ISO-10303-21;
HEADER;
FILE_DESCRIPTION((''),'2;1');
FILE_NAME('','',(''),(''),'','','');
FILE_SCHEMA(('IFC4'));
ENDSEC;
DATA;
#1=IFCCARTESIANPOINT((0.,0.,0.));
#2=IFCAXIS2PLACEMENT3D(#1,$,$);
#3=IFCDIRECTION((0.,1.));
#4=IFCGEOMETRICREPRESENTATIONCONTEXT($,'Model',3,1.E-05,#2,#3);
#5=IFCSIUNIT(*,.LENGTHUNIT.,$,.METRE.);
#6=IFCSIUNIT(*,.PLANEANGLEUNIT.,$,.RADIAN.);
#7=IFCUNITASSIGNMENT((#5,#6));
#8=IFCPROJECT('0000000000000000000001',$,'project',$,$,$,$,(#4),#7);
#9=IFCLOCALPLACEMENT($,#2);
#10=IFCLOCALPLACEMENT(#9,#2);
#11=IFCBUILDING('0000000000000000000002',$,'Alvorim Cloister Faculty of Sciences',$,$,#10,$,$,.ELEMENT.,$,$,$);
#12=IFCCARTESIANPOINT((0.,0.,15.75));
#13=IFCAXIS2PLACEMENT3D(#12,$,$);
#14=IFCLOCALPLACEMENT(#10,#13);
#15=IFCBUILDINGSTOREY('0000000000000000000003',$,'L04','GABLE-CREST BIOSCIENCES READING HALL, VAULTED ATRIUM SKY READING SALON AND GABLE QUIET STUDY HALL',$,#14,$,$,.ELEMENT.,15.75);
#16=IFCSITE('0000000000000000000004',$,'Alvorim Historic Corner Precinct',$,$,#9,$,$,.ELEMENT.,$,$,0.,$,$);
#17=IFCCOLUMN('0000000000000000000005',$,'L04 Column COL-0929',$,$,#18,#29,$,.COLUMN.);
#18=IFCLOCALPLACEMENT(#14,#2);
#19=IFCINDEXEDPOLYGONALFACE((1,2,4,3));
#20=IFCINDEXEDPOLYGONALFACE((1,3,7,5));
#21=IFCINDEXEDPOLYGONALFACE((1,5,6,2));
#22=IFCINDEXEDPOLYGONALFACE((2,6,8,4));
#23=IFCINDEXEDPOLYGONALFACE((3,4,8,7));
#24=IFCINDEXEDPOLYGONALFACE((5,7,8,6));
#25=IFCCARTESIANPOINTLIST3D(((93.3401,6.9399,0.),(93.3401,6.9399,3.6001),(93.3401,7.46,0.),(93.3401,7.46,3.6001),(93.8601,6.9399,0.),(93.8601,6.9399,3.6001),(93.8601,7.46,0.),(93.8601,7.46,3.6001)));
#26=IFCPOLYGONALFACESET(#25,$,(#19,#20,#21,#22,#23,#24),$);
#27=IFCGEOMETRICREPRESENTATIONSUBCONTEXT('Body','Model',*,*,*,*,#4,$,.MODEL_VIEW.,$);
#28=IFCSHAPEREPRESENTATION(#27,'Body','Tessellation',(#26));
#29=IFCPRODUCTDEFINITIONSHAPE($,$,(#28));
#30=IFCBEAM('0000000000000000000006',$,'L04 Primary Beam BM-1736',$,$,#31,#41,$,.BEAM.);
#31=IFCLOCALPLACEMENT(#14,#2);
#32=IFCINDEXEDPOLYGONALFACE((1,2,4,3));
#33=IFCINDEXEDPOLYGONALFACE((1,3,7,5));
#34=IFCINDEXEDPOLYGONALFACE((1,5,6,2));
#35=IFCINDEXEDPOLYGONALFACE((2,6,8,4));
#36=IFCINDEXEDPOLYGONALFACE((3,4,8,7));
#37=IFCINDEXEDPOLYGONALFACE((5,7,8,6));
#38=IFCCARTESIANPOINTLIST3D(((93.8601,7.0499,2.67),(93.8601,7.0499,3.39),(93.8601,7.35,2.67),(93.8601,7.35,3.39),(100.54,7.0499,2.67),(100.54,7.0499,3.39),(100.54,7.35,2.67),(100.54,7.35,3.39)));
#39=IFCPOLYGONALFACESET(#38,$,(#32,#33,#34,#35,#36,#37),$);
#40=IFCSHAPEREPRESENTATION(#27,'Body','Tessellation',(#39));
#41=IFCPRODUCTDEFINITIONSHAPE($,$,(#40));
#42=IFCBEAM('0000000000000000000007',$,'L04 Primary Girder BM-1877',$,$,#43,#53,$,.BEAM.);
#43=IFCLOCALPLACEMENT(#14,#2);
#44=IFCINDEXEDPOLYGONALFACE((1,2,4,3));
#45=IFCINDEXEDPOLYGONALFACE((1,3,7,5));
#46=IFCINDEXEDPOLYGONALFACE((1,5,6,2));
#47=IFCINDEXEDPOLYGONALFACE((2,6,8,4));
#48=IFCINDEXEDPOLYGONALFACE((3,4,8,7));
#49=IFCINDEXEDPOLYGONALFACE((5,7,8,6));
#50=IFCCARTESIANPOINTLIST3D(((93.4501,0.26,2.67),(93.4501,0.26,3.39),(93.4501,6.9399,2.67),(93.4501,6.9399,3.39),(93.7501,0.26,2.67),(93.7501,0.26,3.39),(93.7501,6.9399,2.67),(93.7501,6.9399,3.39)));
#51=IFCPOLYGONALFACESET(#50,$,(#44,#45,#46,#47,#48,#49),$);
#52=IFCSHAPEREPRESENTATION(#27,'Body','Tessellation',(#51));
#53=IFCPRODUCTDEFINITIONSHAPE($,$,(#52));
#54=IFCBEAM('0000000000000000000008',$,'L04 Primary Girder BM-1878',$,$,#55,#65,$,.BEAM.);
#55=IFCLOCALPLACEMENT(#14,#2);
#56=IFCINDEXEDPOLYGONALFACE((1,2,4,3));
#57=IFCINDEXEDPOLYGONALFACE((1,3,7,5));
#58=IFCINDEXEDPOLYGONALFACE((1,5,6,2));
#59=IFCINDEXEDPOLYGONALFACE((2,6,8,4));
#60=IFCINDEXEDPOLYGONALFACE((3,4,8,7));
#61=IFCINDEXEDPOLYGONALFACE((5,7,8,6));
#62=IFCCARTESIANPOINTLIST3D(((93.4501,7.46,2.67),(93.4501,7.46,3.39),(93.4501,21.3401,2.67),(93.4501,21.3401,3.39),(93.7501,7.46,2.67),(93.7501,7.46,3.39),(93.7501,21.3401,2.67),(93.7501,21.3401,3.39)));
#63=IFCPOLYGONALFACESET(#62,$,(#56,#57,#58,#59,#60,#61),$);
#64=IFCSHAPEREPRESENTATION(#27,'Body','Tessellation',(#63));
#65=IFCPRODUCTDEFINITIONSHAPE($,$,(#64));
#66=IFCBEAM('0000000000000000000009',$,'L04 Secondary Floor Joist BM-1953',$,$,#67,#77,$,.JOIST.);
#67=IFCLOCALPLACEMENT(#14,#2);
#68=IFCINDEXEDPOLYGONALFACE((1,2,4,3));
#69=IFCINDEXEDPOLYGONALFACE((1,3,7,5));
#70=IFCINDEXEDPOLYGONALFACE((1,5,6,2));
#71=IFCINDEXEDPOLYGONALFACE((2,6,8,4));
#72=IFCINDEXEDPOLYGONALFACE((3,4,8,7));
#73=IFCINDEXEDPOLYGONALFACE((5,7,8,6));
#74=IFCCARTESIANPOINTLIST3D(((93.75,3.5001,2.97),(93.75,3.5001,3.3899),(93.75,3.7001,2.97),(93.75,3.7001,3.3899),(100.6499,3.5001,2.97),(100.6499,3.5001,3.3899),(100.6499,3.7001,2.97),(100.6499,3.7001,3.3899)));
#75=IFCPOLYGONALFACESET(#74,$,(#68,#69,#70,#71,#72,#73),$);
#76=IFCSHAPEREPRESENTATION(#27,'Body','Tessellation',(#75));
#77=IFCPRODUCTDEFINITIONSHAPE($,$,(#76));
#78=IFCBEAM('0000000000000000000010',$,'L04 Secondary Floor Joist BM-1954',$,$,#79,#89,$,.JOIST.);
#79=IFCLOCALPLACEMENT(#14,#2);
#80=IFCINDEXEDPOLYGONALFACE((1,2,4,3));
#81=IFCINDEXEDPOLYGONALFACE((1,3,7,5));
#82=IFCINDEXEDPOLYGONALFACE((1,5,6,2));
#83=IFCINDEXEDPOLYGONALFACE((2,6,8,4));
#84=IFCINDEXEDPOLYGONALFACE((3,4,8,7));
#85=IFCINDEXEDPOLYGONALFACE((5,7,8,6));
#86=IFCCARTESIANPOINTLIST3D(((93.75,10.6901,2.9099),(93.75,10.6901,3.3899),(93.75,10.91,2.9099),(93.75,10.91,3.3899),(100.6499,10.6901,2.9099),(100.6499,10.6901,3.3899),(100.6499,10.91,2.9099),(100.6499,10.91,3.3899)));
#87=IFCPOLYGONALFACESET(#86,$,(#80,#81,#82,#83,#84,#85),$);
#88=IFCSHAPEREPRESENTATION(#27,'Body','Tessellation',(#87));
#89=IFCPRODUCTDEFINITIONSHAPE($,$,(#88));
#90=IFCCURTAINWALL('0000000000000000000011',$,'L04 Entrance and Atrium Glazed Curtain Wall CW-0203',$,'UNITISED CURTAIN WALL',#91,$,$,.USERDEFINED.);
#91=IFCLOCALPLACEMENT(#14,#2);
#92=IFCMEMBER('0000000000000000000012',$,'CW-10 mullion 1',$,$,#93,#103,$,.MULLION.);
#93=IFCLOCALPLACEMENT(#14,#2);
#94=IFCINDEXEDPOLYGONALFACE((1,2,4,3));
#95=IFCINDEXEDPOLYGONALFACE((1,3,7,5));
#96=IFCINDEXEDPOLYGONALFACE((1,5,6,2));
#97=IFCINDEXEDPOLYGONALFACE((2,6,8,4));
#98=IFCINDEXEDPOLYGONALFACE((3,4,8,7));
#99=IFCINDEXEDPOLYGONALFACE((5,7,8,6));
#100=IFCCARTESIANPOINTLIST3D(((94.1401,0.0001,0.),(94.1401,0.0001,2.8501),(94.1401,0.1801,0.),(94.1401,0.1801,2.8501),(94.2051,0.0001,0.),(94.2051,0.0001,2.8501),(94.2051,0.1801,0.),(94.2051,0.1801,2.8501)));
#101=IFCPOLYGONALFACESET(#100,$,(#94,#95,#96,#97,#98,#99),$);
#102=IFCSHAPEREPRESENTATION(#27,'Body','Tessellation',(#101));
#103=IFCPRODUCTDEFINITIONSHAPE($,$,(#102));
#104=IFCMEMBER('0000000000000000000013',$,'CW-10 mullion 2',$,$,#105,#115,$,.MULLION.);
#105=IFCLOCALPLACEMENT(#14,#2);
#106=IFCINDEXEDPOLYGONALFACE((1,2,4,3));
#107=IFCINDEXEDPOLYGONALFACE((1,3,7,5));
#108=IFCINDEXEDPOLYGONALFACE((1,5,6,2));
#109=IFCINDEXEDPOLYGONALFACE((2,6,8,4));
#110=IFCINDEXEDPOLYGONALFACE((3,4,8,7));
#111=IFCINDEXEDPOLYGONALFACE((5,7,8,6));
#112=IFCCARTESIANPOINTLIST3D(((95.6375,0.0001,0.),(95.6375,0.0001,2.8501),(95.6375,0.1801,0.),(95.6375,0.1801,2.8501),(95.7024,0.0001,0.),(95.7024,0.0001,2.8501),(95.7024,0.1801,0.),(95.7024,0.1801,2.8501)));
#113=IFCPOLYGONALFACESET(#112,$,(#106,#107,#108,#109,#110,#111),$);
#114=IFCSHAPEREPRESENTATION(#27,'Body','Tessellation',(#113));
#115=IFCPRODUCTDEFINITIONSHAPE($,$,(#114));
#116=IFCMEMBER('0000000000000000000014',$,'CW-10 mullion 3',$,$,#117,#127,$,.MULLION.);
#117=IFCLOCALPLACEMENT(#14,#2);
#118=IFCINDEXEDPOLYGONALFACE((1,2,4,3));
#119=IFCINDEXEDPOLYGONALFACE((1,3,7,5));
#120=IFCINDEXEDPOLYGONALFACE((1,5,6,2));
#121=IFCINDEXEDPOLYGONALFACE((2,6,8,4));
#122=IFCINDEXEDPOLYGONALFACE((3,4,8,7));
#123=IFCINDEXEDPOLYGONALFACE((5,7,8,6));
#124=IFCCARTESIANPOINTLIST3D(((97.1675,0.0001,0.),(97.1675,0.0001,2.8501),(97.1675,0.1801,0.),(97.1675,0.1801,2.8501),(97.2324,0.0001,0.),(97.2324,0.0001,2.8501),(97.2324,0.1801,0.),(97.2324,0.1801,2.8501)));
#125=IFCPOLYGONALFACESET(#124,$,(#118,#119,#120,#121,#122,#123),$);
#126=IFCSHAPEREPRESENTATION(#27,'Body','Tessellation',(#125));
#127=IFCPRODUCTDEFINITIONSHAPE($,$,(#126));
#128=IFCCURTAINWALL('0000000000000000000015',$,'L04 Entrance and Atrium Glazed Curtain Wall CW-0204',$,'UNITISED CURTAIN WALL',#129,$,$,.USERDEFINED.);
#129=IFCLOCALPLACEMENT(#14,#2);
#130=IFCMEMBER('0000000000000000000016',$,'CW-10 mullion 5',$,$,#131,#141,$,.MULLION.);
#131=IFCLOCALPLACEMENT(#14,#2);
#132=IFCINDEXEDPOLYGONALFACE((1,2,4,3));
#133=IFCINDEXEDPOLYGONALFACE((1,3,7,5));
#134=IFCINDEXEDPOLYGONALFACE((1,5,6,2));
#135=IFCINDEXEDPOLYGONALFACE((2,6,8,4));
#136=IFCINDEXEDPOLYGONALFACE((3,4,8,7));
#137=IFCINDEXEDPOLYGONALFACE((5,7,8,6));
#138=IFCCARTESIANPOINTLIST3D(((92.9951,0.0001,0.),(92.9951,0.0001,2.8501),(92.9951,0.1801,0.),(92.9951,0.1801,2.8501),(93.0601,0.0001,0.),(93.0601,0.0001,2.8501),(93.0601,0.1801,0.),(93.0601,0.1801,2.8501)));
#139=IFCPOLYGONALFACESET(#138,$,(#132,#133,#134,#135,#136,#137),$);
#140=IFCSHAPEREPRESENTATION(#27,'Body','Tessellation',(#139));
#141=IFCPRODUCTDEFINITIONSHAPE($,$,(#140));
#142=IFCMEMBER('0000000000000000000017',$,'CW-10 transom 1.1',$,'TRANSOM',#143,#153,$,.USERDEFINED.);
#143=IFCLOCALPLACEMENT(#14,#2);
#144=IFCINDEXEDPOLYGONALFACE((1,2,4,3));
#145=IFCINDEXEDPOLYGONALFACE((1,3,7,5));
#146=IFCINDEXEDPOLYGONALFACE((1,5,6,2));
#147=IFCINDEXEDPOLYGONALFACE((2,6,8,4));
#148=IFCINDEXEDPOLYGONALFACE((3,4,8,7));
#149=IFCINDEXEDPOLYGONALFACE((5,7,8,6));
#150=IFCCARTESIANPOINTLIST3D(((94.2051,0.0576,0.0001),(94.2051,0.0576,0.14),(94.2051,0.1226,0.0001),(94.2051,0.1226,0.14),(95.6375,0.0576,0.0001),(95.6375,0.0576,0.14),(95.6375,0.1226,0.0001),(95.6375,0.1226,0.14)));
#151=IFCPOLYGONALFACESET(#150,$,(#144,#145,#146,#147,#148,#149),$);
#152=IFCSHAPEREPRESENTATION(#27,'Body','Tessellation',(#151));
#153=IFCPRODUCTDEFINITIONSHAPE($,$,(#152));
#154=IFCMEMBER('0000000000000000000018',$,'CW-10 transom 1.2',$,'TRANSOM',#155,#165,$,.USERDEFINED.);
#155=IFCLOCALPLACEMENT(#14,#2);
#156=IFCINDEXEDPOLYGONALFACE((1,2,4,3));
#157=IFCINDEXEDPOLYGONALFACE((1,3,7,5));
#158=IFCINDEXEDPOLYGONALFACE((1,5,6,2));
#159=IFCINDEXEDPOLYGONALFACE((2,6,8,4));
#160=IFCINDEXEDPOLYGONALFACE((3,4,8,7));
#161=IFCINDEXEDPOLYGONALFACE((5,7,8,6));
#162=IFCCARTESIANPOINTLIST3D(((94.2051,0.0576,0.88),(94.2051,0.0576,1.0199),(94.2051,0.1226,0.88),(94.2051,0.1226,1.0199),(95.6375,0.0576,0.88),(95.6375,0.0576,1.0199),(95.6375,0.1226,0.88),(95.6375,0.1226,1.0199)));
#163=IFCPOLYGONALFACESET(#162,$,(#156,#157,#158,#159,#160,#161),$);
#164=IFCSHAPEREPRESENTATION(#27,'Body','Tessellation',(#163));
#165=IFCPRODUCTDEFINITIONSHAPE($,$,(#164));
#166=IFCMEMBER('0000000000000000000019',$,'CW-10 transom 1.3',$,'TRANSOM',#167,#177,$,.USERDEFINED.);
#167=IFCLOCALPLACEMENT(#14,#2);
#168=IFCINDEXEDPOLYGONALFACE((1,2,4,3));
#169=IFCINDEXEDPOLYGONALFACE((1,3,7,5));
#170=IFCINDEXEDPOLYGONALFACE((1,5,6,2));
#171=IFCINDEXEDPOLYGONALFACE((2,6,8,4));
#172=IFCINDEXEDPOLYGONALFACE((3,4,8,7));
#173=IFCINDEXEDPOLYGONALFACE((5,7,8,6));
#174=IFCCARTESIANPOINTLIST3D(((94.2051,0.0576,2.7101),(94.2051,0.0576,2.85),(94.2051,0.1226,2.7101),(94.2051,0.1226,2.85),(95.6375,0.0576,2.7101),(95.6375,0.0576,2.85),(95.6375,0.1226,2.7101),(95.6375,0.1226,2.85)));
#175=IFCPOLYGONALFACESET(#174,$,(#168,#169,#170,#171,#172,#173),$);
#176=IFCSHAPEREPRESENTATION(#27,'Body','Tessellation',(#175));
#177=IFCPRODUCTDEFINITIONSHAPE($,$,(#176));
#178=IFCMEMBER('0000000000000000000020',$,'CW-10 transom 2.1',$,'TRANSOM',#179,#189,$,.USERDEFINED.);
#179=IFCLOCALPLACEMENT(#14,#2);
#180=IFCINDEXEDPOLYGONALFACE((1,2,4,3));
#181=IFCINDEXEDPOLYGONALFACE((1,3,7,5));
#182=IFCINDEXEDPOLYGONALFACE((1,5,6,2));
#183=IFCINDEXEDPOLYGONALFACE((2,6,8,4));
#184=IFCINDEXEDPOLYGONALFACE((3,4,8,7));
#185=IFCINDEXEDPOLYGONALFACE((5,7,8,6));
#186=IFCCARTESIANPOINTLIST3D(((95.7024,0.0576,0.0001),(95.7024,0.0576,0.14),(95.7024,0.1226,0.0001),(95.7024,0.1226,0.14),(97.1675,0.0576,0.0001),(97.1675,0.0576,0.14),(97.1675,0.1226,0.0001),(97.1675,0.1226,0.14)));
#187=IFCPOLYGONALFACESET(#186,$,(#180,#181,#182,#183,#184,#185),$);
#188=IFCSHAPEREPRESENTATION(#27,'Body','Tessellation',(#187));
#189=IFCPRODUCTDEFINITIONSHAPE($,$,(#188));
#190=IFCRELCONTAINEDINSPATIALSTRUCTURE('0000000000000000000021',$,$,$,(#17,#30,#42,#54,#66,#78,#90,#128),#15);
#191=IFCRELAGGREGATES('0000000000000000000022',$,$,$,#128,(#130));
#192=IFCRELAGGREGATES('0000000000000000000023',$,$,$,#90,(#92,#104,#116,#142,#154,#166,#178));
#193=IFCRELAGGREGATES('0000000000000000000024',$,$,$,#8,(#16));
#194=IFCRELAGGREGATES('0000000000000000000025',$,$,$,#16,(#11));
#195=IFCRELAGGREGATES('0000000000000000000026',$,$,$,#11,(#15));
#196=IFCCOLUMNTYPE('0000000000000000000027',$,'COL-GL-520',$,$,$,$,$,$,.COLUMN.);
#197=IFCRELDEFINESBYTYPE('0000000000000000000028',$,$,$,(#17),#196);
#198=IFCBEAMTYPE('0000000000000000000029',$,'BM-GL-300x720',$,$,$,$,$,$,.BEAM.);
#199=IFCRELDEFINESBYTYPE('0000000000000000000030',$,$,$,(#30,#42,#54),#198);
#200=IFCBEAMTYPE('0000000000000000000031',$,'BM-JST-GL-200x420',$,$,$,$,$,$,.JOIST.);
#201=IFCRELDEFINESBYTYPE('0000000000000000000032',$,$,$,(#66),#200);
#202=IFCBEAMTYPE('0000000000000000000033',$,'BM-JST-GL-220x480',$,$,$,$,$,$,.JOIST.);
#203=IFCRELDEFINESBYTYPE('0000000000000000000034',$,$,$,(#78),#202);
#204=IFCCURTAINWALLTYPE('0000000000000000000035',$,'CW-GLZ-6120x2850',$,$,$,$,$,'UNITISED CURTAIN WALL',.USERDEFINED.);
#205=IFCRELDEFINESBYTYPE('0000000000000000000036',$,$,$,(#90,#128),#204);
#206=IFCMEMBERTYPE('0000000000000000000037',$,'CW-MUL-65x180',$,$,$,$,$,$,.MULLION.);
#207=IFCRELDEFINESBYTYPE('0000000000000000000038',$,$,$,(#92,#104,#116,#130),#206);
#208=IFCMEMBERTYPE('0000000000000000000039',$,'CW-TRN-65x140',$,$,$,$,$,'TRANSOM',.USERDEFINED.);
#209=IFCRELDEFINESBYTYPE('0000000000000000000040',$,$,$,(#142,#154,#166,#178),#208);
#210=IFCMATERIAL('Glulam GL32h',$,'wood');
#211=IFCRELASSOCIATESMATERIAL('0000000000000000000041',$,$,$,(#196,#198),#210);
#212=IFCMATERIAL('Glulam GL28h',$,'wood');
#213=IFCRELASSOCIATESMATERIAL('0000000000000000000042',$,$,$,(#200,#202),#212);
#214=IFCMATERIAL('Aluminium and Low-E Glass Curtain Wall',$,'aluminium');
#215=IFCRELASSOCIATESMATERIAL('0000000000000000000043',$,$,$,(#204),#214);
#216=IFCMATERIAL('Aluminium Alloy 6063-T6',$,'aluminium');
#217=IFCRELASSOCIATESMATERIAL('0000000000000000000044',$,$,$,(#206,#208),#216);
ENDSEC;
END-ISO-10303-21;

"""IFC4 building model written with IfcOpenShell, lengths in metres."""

from ifc_helpers import new_model, si_unit, direction, frame, origin, origin_2d, place, context, subcontext, project, spatial, rectangle, extrude, material, material_profile, profile_set, type_object, element, aggregate, save


model = new_model("IFC4")

# Units and contexts
model_context = context("Model", 3, precision=1e-05, world=origin(), true_north=direction((0.0, 1.0)))
body_context = subcontext(model_context, "Body", "Model", "MODEL_VIEW")
ifc_project = project(units=[si_unit("LENGTHUNIT", "METRE"), si_unit("PLANEANGLEUNIT", "RADIAN")], contexts=[model_context])

# Site, building, storey
site_placement = place(None, origin())
site = spatial("IfcSite", under=ifc_project, at=site_placement, Name="Alvorim Historic Corner Precinct", CompositionType="ELEMENT", RefElevation=0.0)
building_placement = place(site_placement, origin())
building = spatial("IfcBuilding", under=site, at=building_placement, Name="Alvorim Cloister Faculty of Sciences", CompositionType="ELEMENT")
storey_placement = place(building_placement, frame((0.0, 0.0, 15.75)))
storey = spatial("IfcBuildingStorey", under=building, at=storey_placement, Name="L04", Description="GABLE-CREST BIOSCIENCES READING HALL, VAULTED ATRIUM SKY READING SALON AND GABLE QUIET STUDY HALL", CompositionType="ELEMENT", Elevation=15.75)

# Column
ifc_material_1 = material(Name="Glulam GL32h", Category="wood")
ifc_material_profile_1 = material_profile(ifc_material_1, rectangle(XDim=0.52, YDim=0.52, at=origin_2d()), Name="GL32-COL-520x520")
ifc_profile_set_1 = profile_set([ifc_material_profile_1], Name="Glulam GL32h")
column_type = type_object("IfcColumnType", Name="COL-GL-520", PredefinedType="COLUMN", material=ifc_profile_set_1)
column_placement = place(storey_placement, frame((93.6001, 7.2, 0.0), z_axis=(0.0, 0.0, 1.0), x_axis=(1.0, 0.0, 0.0)))
element("IfcColumn", 1, at=column_placement, inside=storey, type_object=column_type, Name="L04 Column COL-0929", PredefinedType="COLUMN", context=body_context, shape_type="SweptSolid", body=[
    extrude(rectangle(XDim=0.52, YDim=0.52, at=origin_2d()), origin(), (0.0, 0.0, 1.0), 3.6001),
])

# Beams
ifc_material_profile_2 = material_profile(ifc_material_1, rectangle(XDim=0.3, YDim=0.72, at=origin_2d()), Name="GL32-BM-300x720")
ifc_profile_set_2 = profile_set([ifc_material_profile_2], Name="Glulam GL32h")
beam_type_1 = type_object("IfcBeamType", Name="BM-GL-300x720", PredefinedType="BEAM", material=ifc_profile_set_2)
for number, where, z_axis, x_axis, name in (
    (2, (93.8601, 7.2, 3.03), (1.0, 0.0, 0.0), (0.0, 1.0, 0.0), "L04 Primary Beam BM-1736"),
    (3, (93.6001, 0.26, 3.03), (0.0, 1.0, 0.0), (-1.0, 0.0, 0.0), "L04 Primary Girder BM-1877"),
):
    element("IfcBeam", number, at=place(storey_placement, frame(where, z_axis=z_axis, x_axis=x_axis)), inside=storey, type_object=beam_type_1, Name=name, PredefinedType="BEAM", context=body_context, shape_type="SweptSolid", body=[
        extrude(rectangle(XDim=0.3, YDim=0.72, at=origin_2d()), origin(), (0.0, 0.0, 1.0), 6.6799),
    ])
beam_1_placement = place(storey_placement, frame((93.6001, 7.46, 3.03), z_axis=(0.0, 1.0, 0.0), x_axis=(-1.0, 0.0, 0.0)))
element("IfcBeam", 4, at=beam_1_placement, inside=storey, type_object=beam_type_1, Name="L04 Primary Girder BM-1878", PredefinedType="BEAM", context=body_context, shape_type="SweptSolid", body=[
    extrude(rectangle(XDim=0.3, YDim=0.72, at=origin_2d()), origin(), (0.0, 0.0, 1.0), 13.8801),
])
ifc_material_2 = material(Name="Glulam GL28h", Category="wood")
ifc_material_profile_3 = material_profile(ifc_material_2, rectangle(XDim=0.2, YDim=0.4199, at=origin_2d()), Name="GL28-JST-200x420")
ifc_profile_set_3 = profile_set([ifc_material_profile_3], Name="Glulam GL28h")
beam_type_2 = type_object("IfcBeamType", Name="BM-JST-GL-200x420", PredefinedType="JOIST", material=ifc_profile_set_3)
beam_2_placement = place(storey_placement, frame((93.75, 3.6001, 3.1799), z_axis=(1.0, 0.0, 0.0), x_axis=(0.0, 1.0, 0.0)))
element("IfcBeam", 5, at=beam_2_placement, inside=storey, type_object=beam_type_2, Name="L04 Secondary Floor Joist BM-1953", PredefinedType="JOIST", context=body_context, shape_type="SweptSolid", body=[
    extrude(rectangle(XDim=0.2, YDim=0.4199, at=origin_2d()), origin(), (0.0, 0.0, 1.0), 6.8999),
])
ifc_material_profile_4 = material_profile(ifc_material_2, rectangle(XDim=0.22, YDim=0.48, at=origin_2d()), Name="GL28-JST-220x480")
ifc_profile_set_4 = profile_set([ifc_material_profile_4], Name="Glulam GL28h")
beam_type_3 = type_object("IfcBeamType", Name="BM-JST-GL-220x480", PredefinedType="JOIST", material=ifc_profile_set_4)
beam_3_placement = place(storey_placement, frame((93.75, 10.8, 3.1499), z_axis=(1.0, 0.0, 0.0), x_axis=(0.0, 1.0, 0.0)))
element("IfcBeam", 6, at=beam_3_placement, inside=storey, type_object=beam_type_3, Name="L04 Secondary Floor Joist BM-1954", PredefinedType="JOIST", context=body_context, shape_type="SweptSolid", body=[
    extrude(rectangle(XDim=0.22, YDim=0.48, at=origin_2d()), origin(), (0.0, 0.0, 1.0), 6.8999),
])

# Curtain wall, members
ifc_material_3 = material(Name="Aluminium and Low-E Glass Curtain Wall", Category="aluminium")
curtain_wall_type = type_object("IfcCurtainWallType", Name="CW-GLZ-6120x2850", ElementType="UNITISED CURTAIN WALL", PredefinedType="USERDEFINED", material=ifc_material_3)
curtain_wall_1_placement = place(storey_placement, origin())
curtain_wall_1 = element("IfcCurtainWall", 7, at=curtain_wall_1_placement, inside=storey, type_object=curtain_wall_type, Name="L04 Entrance and Atrium Glazed Curtain Wall CW-0203", ObjectType="UNITISED CURTAIN WALL", PredefinedType="USERDEFINED")
ifc_material_4 = material(Name="Aluminium Alloy 6063-T6", Category="aluminium")
ifc_material_profile_5 = material_profile(ifc_material_4, rectangle(XDim=0.0649, YDim=0.1799, at=origin_2d()), Name="ALU-MUL-65x180")
ifc_profile_set_5 = profile_set([ifc_material_profile_5], Name="Aluminium Alloy 6063-T6")
member_type_1 = type_object("IfcMemberType", Name="CW-MUL-65x180", PredefinedType="MULLION", material=ifc_profile_set_5)
member_1_placement = place(storey_placement, frame((94.1726, 0.0901, 0.0), z_axis=(0.0, 0.0, 1.0), x_axis=(1.0, 0.0, 0.0)))
member_1 = element("IfcMember", 8, at=member_1_placement, type_object=member_type_1, Name="CW-10 mullion 1", PredefinedType="MULLION", context=body_context, shape_type="SweptSolid", body=[
    extrude(rectangle(XDim=0.0649, YDim=0.1799, at=origin_2d()), origin(), (0.0, 0.0, 1.0), 2.8501),
])
member_2_placement = place(storey_placement, frame((95.6699, 0.0901, 0.0), z_axis=(0.0, 0.0, 1.0), x_axis=(1.0, 0.0, 0.0)))
member_2 = element("IfcMember", 9, at=member_2_placement, type_object=member_type_1, Name="CW-10 mullion 2", PredefinedType="MULLION", context=body_context, shape_type="SweptSolid", body=[
    extrude(rectangle(XDim=0.0649, YDim=0.1799, at=origin_2d()), origin(), (0.0, 0.0, 1.0), 2.8501),
])
member_3_placement = place(storey_placement, frame((97.2, 0.0901, 0.0), z_axis=(0.0, 0.0, 1.0), x_axis=(1.0, 0.0, 0.0)))
member_3 = element("IfcMember", 10, at=member_3_placement, type_object=member_type_1, Name="CW-10 mullion 3", PredefinedType="MULLION", context=body_context, shape_type="SweptSolid", body=[
    extrude(rectangle(XDim=0.0649, YDim=0.1799, at=origin_2d()), origin(), (0.0, 0.0, 1.0), 2.8501),
])

# Curtain wall, member
curtain_wall_2_placement = place(storey_placement, origin())
curtain_wall_2 = element("IfcCurtainWall", 11, at=curtain_wall_2_placement, inside=storey, type_object=curtain_wall_type, Name="L04 Entrance and Atrium Glazed Curtain Wall CW-0204", ObjectType="UNITISED CURTAIN WALL", PredefinedType="USERDEFINED")
member_4_placement = place(storey_placement, frame((93.0276, 0.0901, 0.0), z_axis=(0.0, 0.0, 1.0), x_axis=(1.0, 0.0, 0.0)))
member_4 = element("IfcMember", 12, at=member_4_placement, type_object=member_type_1, Name="CW-10 mullion 5", PredefinedType="MULLION", context=body_context, shape_type="SweptSolid", body=[
    extrude(rectangle(XDim=0.0649, YDim=0.1799, at=origin_2d()), origin(), (0.0, 0.0, 1.0), 2.8501),
])
aggregate(curtain_wall_2, [member_4])

# Members
ifc_material_profile_6 = material_profile(ifc_material_4, rectangle(XDim=0.0649, YDim=0.1399, at=origin_2d()), Name="ALU-TRN-65x140")
ifc_profile_set_6 = profile_set([ifc_material_profile_6], Name="Aluminium Alloy 6063-T6")
member_type_2 = type_object("IfcMemberType", Name="CW-TRN-65x140", ElementType="TRANSOM", PredefinedType="USERDEFINED", material=ifc_profile_set_6)
member_5_placement = place(storey_placement, frame((94.2051, 0.0901, 0.0701), z_axis=(1.0, 0.0, 0.0), x_axis=(0.0, 1.0, 0.0)))
member_5 = element("IfcMember", 13, at=member_5_placement, type_object=member_type_2, Name="CW-10 transom 1.1", ObjectType="TRANSOM", PredefinedType="USERDEFINED", context=body_context, shape_type="SweptSolid", body=[
    extrude(rectangle(XDim=0.0649, YDim=0.1399, at=origin_2d()), origin(), (0.0, 0.0, 1.0), 1.4324),
])
member_6_placement = place(storey_placement, frame((94.2051, 0.0901, 0.95), z_axis=(1.0, 0.0, 0.0), x_axis=(0.0, 1.0, 0.0)))
member_6 = element("IfcMember", 14, at=member_6_placement, type_object=member_type_2, Name="CW-10 transom 1.2", ObjectType="TRANSOM", PredefinedType="USERDEFINED", context=body_context, shape_type="SweptSolid", body=[
    extrude(rectangle(XDim=0.0649, YDim=0.1399, at=origin_2d()), origin(), (0.0, 0.0, 1.0), 1.4324),
])
member_7_placement = place(storey_placement, frame((94.2051, 0.0901, 2.78), z_axis=(1.0, 0.0, 0.0), x_axis=(0.0, 1.0, 0.0)))
member_7 = element("IfcMember", 15, at=member_7_placement, type_object=member_type_2, Name="CW-10 transom 1.3", ObjectType="TRANSOM", PredefinedType="USERDEFINED", context=body_context, shape_type="SweptSolid", body=[
    extrude(rectangle(XDim=0.0649, YDim=0.1399, at=origin_2d()), origin(), (0.0, 0.0, 1.0), 1.4324),
])
member_8_placement = place(storey_placement, frame((95.7024, 0.0901, 0.0701), z_axis=(1.0, 0.0, 0.0), x_axis=(0.0, 1.0, 0.0)))
member_8 = element("IfcMember", 16, at=member_8_placement, type_object=member_type_2, Name="CW-10 transom 2.1", ObjectType="TRANSOM", PredefinedType="USERDEFINED", context=body_context, shape_type="SweptSolid", body=[
    extrude(rectangle(XDim=0.0649, YDim=0.1399, at=origin_2d()), origin(), (0.0, 0.0, 1.0), 1.4651),
])

aggregate(curtain_wall_1, [member_1, member_2, member_3, member_5, member_6, member_7, member_8])

save(model, "model.ifc")
